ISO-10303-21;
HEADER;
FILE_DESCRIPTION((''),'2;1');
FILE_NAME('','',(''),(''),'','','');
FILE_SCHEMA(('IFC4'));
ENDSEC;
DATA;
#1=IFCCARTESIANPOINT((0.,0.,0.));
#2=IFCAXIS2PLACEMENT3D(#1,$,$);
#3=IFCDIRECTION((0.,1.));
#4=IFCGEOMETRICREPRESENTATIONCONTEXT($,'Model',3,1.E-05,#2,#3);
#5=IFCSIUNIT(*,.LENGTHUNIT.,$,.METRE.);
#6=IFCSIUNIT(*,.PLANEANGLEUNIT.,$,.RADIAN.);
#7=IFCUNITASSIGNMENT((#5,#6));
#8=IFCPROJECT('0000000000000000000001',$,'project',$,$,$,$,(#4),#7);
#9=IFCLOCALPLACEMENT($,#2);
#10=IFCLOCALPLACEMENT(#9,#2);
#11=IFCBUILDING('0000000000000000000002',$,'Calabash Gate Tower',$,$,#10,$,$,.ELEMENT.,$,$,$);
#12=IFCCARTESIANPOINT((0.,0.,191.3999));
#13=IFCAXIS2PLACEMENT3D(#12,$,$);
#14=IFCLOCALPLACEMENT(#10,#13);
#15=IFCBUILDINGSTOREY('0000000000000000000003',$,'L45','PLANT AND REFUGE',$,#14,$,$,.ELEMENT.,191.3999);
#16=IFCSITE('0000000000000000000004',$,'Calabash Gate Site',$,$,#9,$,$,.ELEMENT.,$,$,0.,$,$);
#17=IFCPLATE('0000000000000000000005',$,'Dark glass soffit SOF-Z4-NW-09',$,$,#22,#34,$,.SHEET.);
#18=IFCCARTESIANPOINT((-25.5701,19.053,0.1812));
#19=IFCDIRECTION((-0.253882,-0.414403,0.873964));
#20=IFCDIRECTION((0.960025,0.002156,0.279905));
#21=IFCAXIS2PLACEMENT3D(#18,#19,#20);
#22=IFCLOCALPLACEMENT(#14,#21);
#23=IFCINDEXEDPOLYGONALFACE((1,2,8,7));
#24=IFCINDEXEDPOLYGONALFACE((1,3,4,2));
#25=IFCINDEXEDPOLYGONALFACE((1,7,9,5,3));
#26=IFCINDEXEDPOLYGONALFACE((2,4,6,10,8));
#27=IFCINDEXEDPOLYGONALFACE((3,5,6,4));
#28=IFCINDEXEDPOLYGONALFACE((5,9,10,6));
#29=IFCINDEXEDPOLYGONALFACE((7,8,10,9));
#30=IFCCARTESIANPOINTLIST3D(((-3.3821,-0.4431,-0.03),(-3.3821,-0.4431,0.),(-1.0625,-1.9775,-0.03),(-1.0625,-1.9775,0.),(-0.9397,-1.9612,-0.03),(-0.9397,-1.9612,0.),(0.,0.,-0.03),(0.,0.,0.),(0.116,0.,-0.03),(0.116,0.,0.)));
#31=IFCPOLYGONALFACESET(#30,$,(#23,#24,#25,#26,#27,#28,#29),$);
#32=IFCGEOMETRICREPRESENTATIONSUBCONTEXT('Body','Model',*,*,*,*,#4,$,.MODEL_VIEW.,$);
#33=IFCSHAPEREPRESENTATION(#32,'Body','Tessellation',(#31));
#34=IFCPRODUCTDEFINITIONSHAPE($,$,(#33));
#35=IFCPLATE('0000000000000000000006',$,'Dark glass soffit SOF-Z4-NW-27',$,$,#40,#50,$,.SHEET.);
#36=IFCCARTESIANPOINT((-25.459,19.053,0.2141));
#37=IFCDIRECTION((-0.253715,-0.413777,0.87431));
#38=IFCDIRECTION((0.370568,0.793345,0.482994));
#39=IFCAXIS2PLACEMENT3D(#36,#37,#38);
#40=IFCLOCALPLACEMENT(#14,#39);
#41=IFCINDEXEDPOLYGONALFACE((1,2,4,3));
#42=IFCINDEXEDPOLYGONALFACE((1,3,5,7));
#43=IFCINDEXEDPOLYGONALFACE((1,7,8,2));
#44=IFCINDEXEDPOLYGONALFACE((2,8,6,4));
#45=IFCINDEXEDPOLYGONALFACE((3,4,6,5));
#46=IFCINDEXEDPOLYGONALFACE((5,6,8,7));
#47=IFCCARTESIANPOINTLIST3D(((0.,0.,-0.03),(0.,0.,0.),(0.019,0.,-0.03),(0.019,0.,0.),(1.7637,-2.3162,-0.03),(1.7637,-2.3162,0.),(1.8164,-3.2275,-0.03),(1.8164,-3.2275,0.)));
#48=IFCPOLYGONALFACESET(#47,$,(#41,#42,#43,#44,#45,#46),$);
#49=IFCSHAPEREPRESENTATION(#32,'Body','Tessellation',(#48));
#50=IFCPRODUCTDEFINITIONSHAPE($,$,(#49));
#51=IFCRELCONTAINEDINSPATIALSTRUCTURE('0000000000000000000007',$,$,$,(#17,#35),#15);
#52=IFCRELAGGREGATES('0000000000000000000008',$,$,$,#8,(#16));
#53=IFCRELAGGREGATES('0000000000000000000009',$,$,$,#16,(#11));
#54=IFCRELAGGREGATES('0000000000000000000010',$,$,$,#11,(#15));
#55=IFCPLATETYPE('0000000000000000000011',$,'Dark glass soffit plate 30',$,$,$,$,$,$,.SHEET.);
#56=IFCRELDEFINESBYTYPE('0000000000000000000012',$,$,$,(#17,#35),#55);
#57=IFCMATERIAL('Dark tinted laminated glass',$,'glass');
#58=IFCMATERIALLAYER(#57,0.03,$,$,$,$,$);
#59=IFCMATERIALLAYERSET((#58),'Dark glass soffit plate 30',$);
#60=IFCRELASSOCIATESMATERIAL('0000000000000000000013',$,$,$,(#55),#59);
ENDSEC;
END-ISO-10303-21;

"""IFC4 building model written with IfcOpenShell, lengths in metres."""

from ifc_helpers import new_model, si_unit, direction, frame, origin, place, context, subcontext, project, spatial, polyline, outline, extrude, material, layer, layer_set, type_object, element, save


model = new_model("IFC4")

# Units and contexts
model_context = context("Model", 3, precision=1e-05, world=origin(), true_north=direction((0.0, 1.0)))
body_context = subcontext(model_context, "Body", "Model", "MODEL_VIEW")
ifc_project = project(units=[si_unit("LENGTHUNIT", "METRE"), si_unit("PLANEANGLEUNIT", "RADIAN")], contexts=[model_context])

# Site, building, storey
site_placement = place(None, origin())
site = spatial("IfcSite", under=ifc_project, at=site_placement, Name="Calabash Gate Site", CompositionType="ELEMENT", RefElevation=0.0)
building_placement = place(site_placement, origin())
building = spatial("IfcBuilding", under=site, at=building_placement, Name="Calabash Gate Tower", CompositionType="ELEMENT")
storey_placement = place(building_placement, frame((0.0, 0.0, 191.3999)))
storey = spatial("IfcBuildingStorey", under=building, at=storey_placement, Name="L45", Description="PLANT AND REFUGE", CompositionType="ELEMENT", Elevation=191.3999)

# Plates
ifc_material_1 = material(Name="Dark tinted laminated glass", Category="glass")
ifc_layer_1 = layer(ifc_material_1, 0.03)
ifc_layer_set_1 = layer_set([ifc_layer_1], Name="Dark glass soffit plate 30")
plate_type = type_object("IfcPlateType", Name="Dark glass soffit plate 30", PredefinedType="SHEET", material=ifc_layer_set_1)
plate_1_placement = place(storey_placement, frame((-25.5701, 19.053, 0.1812), z_axis=(-0.253882, -0.414403, 0.873964), x_axis=(0.960025, 0.002156, 0.279905)))
element("IfcPlate", 1, at=plate_1_placement, inside=storey, type_object=plate_type, Name="Dark glass soffit SOF-Z4-NW-09", PredefinedType="SHEET", context=body_context, shape_type="SweptSolid", body=[
    extrude(outline(polyline([(0.0, 0.0), (0.116, 0.0), (-0.9397, -1.9612), (-1.0625, -1.9775), (-3.3821, -0.4431), (0.0, 0.0)])), origin(), (0.0, 0.0, -1.0), 0.03),
])
plate_2_placement = place(storey_placement, frame((-25.459, 19.053, 0.2141), z_axis=(-0.253715, -0.413777, 0.87431), x_axis=(0.370568, 0.793345, 0.482994)))
element("IfcPlate", 2, at=plate_2_placement, inside=storey, type_object=plate_type, Name="Dark glass soffit SOF-Z4-NW-27", PredefinedType="SHEET", context=body_context, shape_type="SweptSolid", body=[
    extrude(outline(polyline([(0.0, 0.0), (0.019, 0.0), (1.7637, -2.3162), (1.8164, -3.2275), (0.0, 0.0)])), origin(), (0.0, 0.0, -1.0), 0.03),
])

save(model, "model.ifc")
